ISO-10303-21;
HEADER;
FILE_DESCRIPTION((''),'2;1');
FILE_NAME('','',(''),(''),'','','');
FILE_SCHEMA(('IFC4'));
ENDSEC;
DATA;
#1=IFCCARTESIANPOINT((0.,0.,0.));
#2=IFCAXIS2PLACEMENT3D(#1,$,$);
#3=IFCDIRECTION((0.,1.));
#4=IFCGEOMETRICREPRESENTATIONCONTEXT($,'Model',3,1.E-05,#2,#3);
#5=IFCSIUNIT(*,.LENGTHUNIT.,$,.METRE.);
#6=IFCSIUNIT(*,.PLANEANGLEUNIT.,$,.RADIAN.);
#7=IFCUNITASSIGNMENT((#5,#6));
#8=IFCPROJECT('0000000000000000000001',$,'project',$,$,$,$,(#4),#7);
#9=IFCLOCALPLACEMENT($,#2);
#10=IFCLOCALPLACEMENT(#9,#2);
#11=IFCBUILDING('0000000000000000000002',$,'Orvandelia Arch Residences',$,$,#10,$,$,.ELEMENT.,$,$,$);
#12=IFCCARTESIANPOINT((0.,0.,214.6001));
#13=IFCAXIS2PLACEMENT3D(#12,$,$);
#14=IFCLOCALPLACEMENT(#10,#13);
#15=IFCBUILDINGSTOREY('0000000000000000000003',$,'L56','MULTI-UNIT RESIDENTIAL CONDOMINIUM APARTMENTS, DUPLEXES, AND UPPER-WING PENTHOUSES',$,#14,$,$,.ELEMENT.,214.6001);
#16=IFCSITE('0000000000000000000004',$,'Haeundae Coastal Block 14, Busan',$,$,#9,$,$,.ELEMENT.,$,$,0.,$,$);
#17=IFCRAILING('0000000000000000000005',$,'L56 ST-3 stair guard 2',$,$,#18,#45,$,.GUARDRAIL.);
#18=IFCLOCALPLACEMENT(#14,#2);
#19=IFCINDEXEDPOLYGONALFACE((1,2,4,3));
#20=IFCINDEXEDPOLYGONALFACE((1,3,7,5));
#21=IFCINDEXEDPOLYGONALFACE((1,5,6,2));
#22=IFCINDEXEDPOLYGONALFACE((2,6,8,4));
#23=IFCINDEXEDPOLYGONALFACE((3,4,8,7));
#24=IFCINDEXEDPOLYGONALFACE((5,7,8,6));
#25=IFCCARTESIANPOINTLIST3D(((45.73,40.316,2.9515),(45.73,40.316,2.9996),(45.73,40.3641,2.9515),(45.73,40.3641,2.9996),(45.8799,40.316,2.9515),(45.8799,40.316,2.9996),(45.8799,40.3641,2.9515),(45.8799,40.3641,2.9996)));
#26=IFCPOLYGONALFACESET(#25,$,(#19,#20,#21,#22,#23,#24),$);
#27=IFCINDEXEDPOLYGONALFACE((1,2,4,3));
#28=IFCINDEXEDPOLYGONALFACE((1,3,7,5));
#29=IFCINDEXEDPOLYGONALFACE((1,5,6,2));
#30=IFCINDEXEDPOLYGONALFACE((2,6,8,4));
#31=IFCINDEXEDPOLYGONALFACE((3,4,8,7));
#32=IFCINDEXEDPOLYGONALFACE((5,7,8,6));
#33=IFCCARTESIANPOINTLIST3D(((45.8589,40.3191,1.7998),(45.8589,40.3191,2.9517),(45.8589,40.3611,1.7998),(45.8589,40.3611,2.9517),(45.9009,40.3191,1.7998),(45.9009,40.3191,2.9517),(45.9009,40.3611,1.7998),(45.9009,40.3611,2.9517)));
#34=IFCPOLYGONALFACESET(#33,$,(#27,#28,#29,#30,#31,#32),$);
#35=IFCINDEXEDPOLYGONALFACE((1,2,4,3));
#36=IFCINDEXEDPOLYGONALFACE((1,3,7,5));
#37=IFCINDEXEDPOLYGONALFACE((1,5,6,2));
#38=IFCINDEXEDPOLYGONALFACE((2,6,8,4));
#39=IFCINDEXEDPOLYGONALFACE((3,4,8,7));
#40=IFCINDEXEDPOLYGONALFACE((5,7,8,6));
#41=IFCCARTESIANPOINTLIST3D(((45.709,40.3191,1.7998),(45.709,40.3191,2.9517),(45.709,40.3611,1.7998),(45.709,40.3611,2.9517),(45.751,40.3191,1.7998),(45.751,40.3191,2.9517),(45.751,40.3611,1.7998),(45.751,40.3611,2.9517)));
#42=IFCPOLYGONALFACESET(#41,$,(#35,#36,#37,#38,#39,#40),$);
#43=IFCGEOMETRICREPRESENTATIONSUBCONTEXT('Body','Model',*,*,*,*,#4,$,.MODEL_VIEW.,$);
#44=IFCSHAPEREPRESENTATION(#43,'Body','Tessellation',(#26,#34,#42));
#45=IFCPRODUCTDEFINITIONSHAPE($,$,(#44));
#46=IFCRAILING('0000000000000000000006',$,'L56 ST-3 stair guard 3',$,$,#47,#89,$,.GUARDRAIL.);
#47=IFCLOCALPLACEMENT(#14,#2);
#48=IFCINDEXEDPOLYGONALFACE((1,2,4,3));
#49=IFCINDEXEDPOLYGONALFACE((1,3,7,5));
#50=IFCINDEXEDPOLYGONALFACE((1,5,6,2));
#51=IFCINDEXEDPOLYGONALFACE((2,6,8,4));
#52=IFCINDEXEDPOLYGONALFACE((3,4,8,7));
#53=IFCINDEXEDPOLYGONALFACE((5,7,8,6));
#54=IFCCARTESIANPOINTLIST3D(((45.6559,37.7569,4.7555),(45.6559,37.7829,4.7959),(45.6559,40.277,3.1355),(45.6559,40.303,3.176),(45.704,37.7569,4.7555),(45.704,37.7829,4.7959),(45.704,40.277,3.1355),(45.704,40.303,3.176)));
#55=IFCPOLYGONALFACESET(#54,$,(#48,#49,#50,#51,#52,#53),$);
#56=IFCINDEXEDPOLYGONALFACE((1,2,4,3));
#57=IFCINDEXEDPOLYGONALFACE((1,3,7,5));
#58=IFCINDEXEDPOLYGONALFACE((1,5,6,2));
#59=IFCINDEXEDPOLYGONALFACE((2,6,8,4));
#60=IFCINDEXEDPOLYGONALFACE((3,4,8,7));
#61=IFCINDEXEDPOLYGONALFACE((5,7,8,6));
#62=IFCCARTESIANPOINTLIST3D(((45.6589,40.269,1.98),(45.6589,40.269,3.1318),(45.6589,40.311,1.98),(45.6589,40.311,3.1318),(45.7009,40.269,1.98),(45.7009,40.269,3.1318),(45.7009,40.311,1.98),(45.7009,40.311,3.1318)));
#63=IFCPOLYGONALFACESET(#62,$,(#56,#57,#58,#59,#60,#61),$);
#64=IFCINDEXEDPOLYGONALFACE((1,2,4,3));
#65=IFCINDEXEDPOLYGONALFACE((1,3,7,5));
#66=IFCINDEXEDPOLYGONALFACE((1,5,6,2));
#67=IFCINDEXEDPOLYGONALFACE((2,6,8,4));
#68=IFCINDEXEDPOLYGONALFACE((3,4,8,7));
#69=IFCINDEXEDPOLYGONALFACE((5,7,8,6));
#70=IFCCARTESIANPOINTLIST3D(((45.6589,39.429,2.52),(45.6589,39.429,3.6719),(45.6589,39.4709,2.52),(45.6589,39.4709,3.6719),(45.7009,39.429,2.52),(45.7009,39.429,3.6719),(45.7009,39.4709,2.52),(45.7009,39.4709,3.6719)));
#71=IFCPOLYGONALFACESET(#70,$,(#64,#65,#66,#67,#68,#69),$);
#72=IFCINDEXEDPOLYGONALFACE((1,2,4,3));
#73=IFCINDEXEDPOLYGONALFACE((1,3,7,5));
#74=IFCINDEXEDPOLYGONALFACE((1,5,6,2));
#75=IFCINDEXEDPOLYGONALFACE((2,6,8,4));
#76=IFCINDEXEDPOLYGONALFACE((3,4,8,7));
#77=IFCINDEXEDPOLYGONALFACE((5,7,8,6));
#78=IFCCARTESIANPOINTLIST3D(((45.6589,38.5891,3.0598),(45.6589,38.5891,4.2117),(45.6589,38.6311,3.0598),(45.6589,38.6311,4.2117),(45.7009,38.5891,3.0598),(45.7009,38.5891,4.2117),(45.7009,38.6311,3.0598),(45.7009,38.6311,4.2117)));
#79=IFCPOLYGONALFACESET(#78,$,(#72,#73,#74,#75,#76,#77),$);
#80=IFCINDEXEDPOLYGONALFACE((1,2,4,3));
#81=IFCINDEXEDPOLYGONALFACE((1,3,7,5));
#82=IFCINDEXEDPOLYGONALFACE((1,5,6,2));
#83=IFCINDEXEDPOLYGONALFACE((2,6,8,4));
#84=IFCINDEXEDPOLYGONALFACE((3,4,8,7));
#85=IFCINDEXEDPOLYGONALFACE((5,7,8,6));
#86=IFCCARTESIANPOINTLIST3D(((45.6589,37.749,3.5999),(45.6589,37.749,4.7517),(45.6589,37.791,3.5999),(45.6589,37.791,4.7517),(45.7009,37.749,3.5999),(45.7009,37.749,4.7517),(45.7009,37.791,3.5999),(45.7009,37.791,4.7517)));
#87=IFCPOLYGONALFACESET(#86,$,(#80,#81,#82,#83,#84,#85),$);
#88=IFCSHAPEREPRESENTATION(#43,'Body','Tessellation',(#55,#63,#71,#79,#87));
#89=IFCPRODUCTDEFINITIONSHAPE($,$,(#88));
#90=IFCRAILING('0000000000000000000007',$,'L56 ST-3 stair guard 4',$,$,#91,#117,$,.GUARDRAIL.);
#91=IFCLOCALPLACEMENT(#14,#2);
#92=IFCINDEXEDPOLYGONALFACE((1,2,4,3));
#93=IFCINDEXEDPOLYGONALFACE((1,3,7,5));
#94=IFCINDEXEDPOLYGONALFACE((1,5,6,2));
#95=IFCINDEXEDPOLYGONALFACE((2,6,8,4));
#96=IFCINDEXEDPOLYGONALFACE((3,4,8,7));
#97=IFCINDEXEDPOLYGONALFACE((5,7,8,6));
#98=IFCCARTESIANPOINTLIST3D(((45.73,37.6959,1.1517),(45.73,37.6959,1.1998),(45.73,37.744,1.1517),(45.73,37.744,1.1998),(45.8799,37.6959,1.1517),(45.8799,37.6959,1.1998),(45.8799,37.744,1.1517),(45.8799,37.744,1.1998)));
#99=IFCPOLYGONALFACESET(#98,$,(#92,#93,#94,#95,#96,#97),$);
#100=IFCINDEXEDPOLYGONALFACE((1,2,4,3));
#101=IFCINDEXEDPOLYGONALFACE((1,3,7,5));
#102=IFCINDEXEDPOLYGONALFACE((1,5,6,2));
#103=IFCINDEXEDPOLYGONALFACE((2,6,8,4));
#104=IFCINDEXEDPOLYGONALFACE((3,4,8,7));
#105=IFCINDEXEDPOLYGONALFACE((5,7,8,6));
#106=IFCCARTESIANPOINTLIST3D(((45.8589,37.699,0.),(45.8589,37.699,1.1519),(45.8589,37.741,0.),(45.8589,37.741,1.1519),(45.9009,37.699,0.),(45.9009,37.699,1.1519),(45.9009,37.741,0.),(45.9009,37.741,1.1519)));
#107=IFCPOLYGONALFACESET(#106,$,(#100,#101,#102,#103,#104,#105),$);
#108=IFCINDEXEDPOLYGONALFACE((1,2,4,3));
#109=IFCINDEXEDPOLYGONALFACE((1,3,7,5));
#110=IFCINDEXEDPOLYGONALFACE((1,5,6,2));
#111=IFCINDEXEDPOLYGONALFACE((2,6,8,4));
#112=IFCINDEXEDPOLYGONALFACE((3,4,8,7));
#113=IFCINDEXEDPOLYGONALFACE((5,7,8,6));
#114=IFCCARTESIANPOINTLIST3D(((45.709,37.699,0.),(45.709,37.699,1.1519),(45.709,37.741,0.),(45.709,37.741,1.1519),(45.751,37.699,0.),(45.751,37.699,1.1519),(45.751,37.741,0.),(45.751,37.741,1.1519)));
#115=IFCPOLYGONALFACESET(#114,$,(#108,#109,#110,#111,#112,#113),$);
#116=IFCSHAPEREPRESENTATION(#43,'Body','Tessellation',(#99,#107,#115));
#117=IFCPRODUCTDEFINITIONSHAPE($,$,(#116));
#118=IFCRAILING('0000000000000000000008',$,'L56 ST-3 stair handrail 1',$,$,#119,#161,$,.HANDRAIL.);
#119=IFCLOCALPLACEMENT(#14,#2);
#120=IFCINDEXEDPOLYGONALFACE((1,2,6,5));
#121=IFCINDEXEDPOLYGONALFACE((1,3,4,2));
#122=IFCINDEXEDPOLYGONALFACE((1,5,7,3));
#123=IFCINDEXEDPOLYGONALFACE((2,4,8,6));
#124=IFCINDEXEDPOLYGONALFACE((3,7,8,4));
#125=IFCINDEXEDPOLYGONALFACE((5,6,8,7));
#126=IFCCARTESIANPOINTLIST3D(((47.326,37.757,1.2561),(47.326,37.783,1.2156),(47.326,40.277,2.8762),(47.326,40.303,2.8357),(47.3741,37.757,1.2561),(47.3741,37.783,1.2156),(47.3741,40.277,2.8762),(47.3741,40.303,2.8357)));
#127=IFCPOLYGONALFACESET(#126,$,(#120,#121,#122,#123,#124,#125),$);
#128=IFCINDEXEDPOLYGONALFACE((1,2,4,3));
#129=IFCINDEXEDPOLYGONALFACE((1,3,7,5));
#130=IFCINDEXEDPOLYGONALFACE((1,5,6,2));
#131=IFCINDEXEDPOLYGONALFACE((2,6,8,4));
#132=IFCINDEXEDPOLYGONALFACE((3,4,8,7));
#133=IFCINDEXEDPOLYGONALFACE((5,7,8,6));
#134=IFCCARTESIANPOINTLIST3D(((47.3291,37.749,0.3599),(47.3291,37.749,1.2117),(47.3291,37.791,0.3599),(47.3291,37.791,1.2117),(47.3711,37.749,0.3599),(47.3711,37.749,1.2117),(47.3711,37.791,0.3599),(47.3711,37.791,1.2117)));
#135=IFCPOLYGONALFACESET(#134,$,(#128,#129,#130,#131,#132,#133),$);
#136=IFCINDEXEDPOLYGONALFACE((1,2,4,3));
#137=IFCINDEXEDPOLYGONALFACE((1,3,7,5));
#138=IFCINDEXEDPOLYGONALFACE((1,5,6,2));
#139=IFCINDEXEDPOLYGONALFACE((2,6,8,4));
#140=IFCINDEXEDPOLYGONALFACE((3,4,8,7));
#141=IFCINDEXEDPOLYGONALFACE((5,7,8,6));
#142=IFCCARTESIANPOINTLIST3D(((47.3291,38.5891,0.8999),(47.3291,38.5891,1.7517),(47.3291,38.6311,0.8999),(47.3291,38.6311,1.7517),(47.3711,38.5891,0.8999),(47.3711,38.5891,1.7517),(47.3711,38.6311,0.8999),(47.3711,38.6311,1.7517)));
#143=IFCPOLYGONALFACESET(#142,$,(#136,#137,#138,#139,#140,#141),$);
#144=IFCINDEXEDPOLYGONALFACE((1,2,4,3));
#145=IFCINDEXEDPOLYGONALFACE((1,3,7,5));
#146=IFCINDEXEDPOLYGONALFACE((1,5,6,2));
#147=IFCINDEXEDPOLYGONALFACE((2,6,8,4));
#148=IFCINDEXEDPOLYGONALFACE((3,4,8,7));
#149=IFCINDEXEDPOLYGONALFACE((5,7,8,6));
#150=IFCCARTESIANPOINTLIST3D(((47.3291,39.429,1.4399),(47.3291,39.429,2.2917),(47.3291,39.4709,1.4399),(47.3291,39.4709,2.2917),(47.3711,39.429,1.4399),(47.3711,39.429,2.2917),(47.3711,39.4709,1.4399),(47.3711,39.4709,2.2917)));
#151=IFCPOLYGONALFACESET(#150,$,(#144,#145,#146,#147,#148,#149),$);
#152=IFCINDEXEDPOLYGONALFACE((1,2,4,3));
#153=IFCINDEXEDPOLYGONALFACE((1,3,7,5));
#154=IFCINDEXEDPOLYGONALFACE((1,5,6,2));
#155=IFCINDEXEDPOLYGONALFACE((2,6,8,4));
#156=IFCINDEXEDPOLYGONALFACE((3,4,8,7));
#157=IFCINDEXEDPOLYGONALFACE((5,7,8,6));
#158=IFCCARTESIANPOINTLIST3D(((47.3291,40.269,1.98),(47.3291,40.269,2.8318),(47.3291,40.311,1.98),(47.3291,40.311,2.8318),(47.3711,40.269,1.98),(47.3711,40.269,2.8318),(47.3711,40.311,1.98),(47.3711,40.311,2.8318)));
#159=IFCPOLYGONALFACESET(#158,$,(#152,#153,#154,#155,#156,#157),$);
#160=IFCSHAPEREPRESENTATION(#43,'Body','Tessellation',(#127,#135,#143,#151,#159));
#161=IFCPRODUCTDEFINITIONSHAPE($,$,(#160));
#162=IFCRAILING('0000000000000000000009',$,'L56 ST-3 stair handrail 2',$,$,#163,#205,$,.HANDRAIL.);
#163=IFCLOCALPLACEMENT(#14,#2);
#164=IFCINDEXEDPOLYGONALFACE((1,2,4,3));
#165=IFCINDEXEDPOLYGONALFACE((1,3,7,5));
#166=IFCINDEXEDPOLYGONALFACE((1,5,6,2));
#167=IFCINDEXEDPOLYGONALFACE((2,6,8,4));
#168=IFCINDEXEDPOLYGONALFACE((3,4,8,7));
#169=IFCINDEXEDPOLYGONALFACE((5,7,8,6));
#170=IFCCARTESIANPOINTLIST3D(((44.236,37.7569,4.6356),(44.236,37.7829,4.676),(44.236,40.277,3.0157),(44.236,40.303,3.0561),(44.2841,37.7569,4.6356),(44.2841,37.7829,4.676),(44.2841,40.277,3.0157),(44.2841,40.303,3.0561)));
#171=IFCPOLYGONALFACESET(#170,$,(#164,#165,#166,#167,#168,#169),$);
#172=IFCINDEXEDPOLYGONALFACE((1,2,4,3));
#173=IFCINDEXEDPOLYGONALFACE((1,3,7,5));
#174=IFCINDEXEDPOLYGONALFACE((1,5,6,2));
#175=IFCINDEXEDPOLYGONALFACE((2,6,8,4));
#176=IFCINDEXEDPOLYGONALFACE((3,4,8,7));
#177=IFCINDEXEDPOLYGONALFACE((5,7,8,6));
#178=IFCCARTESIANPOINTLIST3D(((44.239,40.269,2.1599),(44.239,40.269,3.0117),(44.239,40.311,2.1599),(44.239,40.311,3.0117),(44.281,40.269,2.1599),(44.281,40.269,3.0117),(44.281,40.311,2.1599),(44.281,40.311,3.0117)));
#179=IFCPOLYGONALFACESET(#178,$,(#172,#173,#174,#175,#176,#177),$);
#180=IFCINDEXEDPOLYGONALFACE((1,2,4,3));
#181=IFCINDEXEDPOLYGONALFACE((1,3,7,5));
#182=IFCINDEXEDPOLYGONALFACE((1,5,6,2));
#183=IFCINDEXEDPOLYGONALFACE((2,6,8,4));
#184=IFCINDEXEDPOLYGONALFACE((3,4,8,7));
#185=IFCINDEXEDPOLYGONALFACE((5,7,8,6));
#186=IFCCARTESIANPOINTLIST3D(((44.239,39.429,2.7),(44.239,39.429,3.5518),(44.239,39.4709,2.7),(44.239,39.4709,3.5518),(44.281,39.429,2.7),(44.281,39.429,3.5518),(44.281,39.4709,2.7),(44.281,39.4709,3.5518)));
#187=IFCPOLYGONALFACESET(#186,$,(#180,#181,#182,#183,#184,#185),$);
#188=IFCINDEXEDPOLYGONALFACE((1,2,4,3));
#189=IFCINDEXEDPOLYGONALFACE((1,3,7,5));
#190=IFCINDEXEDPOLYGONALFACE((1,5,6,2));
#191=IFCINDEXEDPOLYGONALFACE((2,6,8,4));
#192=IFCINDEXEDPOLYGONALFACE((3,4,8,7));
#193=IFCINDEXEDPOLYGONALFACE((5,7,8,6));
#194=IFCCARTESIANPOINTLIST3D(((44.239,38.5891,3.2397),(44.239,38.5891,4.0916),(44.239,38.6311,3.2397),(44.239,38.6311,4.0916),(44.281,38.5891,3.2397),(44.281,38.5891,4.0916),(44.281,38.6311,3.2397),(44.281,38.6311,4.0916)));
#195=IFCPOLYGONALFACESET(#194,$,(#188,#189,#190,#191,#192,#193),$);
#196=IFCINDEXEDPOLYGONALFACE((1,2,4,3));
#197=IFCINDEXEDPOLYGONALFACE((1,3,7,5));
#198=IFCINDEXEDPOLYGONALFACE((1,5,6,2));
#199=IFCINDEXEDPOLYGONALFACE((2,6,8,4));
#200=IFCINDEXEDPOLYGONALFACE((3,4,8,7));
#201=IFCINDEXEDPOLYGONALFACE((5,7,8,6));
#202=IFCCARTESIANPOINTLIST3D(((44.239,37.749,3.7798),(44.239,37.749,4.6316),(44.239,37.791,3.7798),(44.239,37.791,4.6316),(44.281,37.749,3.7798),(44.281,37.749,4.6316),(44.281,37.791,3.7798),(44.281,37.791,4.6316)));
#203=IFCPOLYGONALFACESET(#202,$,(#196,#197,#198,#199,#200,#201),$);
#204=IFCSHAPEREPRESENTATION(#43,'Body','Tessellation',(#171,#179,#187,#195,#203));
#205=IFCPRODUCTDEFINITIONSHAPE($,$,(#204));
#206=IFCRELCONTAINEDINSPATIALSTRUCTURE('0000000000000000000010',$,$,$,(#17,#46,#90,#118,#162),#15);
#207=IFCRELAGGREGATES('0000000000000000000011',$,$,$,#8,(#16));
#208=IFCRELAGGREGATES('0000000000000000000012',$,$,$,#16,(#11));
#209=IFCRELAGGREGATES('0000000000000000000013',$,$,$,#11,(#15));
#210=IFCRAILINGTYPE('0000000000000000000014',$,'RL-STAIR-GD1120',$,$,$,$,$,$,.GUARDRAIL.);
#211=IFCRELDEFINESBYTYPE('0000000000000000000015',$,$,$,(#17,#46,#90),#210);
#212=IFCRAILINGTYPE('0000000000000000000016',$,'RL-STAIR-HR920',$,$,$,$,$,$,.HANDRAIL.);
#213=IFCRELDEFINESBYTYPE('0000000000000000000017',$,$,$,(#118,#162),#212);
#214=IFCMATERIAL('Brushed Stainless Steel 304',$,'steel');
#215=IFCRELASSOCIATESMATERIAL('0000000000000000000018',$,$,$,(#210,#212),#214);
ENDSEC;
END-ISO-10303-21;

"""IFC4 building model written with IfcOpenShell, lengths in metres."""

from ifc_helpers import new_model, si_unit, direction, frame, origin, origin_2d, place, context, subcontext, project, spatial, rectangle, extrude, material, type_object, element, save


model = new_model("IFC4")

# Units and contexts
model_context = context("Model", 3, precision=1e-05, world=origin(), true_north=direction((0.0, 1.0)))
body_context = subcontext(model_context, "Body", "Model", "MODEL_VIEW")
ifc_project = project(units=[si_unit("LENGTHUNIT", "METRE"), si_unit("PLANEANGLEUNIT", "RADIAN")], contexts=[model_context])

# Site, building, storey
site_placement = place(None, origin())
site = spatial("IfcSite", under=ifc_project, at=site_placement, Name="Haeundae Coastal Block 14, Busan", CompositionType="ELEMENT", RefElevation=0.0)
building_placement = place(site_placement, origin())
building = spatial("IfcBuilding", under=site, at=building_placement, Name="Orvandelia Arch Residences", CompositionType="ELEMENT")
storey_placement = place(building_placement, frame((0.0, 0.0, 214.6001)))
storey = spatial("IfcBuildingStorey", under=building, at=storey_placement, Name="L56", Description="MULTI-UNIT RESIDENTIAL CONDOMINIUM APARTMENTS, DUPLEXES, AND UPPER-WING PENTHOUSES", CompositionType="ELEMENT", Elevation=214.6001)

# Railings
ifc_material_1 = material(Name="Brushed Stainless Steel 304", Category="steel")
railing_type_1 = type_object("IfcRailingType", Name="RL-STAIR-GD1120", PredefinedType="GUARDRAIL", material=ifc_material_1)
railing_1_placement = place(storey_placement, frame((45.8799, 40.3401, 1.7998)))
element("IfcRailing", 1, at=railing_1_placement, inside=storey, type_object=railing_type_1, Name="L56 ST-3 stair guard 2", PredefinedType="GUARDRAIL", context=body_context, shape_type="SweptSolid", body=[
    extrude(rectangle(XDim=0.0481, YDim=0.0481, at=origin_2d()), frame((0.0, 0.0, 1.1758), z_axis=(-1.0, 0.0, 0.0), x_axis=(0.0, -1.0, 0.0)), (0.0, 0.0, 1.0), 0.1499),
    extrude(rectangle(XDim=0.042, YDim=0.042, at=origin_2d()), origin(), (0.0, 0.0, 1.0), 1.1519),
    extrude(rectangle(XDim=0.042, YDim=0.042, at=origin_2d()), frame((-0.1499, 0.0, 0.0)), (0.0, 0.0, 1.0), 1.1519),
])
railing_2_placement = place(storey_placement, frame((45.6799, 40.29, 1.98)))
element("IfcRailing", 2, at=railing_2_placement, inside=storey, type_object=railing_type_1, Name="L56 ST-3 stair guard 3", PredefinedType="GUARDRAIL", context=body_context, shape_type="SweptSolid", body=[
    extrude(rectangle(XDim=0.0481, YDim=0.0481, at=origin_2d()), frame((0.0, 0.0, 1.1758), z_axis=(0.0, -0.8412, 0.540725), x_axis=(1.0, 0.0, 0.0)), (0.0, 0.0, 1.0), 2.9958),
    extrude(rectangle(XDim=0.042, YDim=0.042, at=origin_2d()), origin(), (0.0, 0.0, 1.0), 1.1519),
    extrude(rectangle(XDim=0.042, YDim=0.042, at=origin_2d()), frame((0.0, -0.8401, 0.54)), (0.0, 0.0, 1.0), 1.1519),
    extrude(rectangle(XDim=0.042, YDim=0.042, at=origin_2d()), frame((0.0, -1.6799, 1.0798)), (0.0, 0.0, 1.0), 1.1519),
    extrude(rectangle(XDim=0.042, YDim=0.042, at=origin_2d()), frame((0.0, -2.52, 1.6199)), (0.0, 0.0, 1.0), 1.1519),
])
railing_3_placement = place(storey_placement, frame((45.8799, 37.72, 0.0)))
element("IfcRailing", 3, at=railing_3_placement, inside=storey, type_object=railing_type_1, Name="L56 ST-3 stair guard 4", PredefinedType="GUARDRAIL", context=body_context, shape_type="SweptSolid", body=[
    extrude(rectangle(XDim=0.0481, YDim=0.0481, at=origin_2d()), frame((0.0, 0.0, 1.1758), z_axis=(-1.0, 0.0, 0.0), x_axis=(0.0, -1.0, 0.0)), (0.0, 0.0, 1.0), 0.1499),
    extrude(rectangle(XDim=0.042, YDim=0.042, at=origin_2d()), origin(), (0.0, 0.0, 1.0), 1.1519),
    extrude(rectangle(XDim=0.042, YDim=0.042, at=origin_2d()), frame((-0.1499, 0.0, 0.0)), (0.0, 0.0, 1.0), 1.1519),
])
railing_type_2 = type_object("IfcRailingType", Name="RL-STAIR-HR920", PredefinedType="HANDRAIL", material=ifc_material_1)
railing_4_placement = place(storey_placement, frame((47.3501, 37.77, 0.3599)))
element("IfcRailing", 4, at=railing_4_placement, inside=storey, type_object=railing_type_2, Name="L56 ST-3 stair handrail 1", PredefinedType="HANDRAIL", context=body_context, shape_type="SweptSolid", body=[
    extrude(rectangle(XDim=0.0481, YDim=0.0481, at=origin_2d()), frame((0.0, 0.0, 0.876), z_axis=(0.0, 0.841163, 0.540782), x_axis=(-1.0, 0.0, 0.0)), (0.0, 0.0, 1.0), 2.9958),
    extrude(rectangle(XDim=0.042, YDim=0.042, at=origin_2d()), origin(), (0.0, 0.0, 1.0), 0.8518),
    extrude(rectangle(XDim=0.042, YDim=0.042, at=origin_2d()), frame((0.0, 0.8401, 0.54)), (0.0, 0.0, 1.0), 0.8518),
    extrude(rectangle(XDim=0.042, YDim=0.042, at=origin_2d()), frame((0.0, 1.6799, 1.0801)), (0.0, 0.0, 1.0), 0.8518),
    extrude(rectangle(XDim=0.042, YDim=0.042, at=origin_2d()), frame((0.0, 2.52, 1.6201)), (0.0, 0.0, 1.0), 0.8518),
])
railing_5_placement = place(storey_placement, frame((44.26, 40.29, 2.1599)))
element("IfcRailing", 5, at=railing_5_placement, inside=storey, type_object=railing_type_2, Name="L56 ST-3 stair handrail 2", PredefinedType="HANDRAIL", context=body_context, shape_type="SweptSolid", body=[
    extrude(rectangle(XDim=0.0481, YDim=0.0481, at=origin_2d()), frame((0.0, 0.0, 0.876), z_axis=(0.0, -0.8412, 0.540725), x_axis=(1.0, 0.0, 0.0)), (0.0, 0.0, 1.0), 2.9958),
    extrude(rectangle(XDim=0.042, YDim=0.042, at=origin_2d()), origin(), (0.0, 0.0, 1.0), 0.8518),
    extrude(rectangle(XDim=0.042, YDim=0.042, at=origin_2d()), frame((0.0, -0.8401, 0.54)), (0.0, 0.0, 1.0), 0.8518),
    extrude(rectangle(XDim=0.042, YDim=0.042, at=origin_2d()), frame((0.0, -1.6799, 1.0798)), (0.0, 0.0, 1.0), 0.8518),
    extrude(rectangle(XDim=0.042, YDim=0.042, at=origin_2d()), frame((0.0, -2.52, 1.6199)), (0.0, 0.0, 1.0), 0.8518),
])

save(model, "model.ifc")
